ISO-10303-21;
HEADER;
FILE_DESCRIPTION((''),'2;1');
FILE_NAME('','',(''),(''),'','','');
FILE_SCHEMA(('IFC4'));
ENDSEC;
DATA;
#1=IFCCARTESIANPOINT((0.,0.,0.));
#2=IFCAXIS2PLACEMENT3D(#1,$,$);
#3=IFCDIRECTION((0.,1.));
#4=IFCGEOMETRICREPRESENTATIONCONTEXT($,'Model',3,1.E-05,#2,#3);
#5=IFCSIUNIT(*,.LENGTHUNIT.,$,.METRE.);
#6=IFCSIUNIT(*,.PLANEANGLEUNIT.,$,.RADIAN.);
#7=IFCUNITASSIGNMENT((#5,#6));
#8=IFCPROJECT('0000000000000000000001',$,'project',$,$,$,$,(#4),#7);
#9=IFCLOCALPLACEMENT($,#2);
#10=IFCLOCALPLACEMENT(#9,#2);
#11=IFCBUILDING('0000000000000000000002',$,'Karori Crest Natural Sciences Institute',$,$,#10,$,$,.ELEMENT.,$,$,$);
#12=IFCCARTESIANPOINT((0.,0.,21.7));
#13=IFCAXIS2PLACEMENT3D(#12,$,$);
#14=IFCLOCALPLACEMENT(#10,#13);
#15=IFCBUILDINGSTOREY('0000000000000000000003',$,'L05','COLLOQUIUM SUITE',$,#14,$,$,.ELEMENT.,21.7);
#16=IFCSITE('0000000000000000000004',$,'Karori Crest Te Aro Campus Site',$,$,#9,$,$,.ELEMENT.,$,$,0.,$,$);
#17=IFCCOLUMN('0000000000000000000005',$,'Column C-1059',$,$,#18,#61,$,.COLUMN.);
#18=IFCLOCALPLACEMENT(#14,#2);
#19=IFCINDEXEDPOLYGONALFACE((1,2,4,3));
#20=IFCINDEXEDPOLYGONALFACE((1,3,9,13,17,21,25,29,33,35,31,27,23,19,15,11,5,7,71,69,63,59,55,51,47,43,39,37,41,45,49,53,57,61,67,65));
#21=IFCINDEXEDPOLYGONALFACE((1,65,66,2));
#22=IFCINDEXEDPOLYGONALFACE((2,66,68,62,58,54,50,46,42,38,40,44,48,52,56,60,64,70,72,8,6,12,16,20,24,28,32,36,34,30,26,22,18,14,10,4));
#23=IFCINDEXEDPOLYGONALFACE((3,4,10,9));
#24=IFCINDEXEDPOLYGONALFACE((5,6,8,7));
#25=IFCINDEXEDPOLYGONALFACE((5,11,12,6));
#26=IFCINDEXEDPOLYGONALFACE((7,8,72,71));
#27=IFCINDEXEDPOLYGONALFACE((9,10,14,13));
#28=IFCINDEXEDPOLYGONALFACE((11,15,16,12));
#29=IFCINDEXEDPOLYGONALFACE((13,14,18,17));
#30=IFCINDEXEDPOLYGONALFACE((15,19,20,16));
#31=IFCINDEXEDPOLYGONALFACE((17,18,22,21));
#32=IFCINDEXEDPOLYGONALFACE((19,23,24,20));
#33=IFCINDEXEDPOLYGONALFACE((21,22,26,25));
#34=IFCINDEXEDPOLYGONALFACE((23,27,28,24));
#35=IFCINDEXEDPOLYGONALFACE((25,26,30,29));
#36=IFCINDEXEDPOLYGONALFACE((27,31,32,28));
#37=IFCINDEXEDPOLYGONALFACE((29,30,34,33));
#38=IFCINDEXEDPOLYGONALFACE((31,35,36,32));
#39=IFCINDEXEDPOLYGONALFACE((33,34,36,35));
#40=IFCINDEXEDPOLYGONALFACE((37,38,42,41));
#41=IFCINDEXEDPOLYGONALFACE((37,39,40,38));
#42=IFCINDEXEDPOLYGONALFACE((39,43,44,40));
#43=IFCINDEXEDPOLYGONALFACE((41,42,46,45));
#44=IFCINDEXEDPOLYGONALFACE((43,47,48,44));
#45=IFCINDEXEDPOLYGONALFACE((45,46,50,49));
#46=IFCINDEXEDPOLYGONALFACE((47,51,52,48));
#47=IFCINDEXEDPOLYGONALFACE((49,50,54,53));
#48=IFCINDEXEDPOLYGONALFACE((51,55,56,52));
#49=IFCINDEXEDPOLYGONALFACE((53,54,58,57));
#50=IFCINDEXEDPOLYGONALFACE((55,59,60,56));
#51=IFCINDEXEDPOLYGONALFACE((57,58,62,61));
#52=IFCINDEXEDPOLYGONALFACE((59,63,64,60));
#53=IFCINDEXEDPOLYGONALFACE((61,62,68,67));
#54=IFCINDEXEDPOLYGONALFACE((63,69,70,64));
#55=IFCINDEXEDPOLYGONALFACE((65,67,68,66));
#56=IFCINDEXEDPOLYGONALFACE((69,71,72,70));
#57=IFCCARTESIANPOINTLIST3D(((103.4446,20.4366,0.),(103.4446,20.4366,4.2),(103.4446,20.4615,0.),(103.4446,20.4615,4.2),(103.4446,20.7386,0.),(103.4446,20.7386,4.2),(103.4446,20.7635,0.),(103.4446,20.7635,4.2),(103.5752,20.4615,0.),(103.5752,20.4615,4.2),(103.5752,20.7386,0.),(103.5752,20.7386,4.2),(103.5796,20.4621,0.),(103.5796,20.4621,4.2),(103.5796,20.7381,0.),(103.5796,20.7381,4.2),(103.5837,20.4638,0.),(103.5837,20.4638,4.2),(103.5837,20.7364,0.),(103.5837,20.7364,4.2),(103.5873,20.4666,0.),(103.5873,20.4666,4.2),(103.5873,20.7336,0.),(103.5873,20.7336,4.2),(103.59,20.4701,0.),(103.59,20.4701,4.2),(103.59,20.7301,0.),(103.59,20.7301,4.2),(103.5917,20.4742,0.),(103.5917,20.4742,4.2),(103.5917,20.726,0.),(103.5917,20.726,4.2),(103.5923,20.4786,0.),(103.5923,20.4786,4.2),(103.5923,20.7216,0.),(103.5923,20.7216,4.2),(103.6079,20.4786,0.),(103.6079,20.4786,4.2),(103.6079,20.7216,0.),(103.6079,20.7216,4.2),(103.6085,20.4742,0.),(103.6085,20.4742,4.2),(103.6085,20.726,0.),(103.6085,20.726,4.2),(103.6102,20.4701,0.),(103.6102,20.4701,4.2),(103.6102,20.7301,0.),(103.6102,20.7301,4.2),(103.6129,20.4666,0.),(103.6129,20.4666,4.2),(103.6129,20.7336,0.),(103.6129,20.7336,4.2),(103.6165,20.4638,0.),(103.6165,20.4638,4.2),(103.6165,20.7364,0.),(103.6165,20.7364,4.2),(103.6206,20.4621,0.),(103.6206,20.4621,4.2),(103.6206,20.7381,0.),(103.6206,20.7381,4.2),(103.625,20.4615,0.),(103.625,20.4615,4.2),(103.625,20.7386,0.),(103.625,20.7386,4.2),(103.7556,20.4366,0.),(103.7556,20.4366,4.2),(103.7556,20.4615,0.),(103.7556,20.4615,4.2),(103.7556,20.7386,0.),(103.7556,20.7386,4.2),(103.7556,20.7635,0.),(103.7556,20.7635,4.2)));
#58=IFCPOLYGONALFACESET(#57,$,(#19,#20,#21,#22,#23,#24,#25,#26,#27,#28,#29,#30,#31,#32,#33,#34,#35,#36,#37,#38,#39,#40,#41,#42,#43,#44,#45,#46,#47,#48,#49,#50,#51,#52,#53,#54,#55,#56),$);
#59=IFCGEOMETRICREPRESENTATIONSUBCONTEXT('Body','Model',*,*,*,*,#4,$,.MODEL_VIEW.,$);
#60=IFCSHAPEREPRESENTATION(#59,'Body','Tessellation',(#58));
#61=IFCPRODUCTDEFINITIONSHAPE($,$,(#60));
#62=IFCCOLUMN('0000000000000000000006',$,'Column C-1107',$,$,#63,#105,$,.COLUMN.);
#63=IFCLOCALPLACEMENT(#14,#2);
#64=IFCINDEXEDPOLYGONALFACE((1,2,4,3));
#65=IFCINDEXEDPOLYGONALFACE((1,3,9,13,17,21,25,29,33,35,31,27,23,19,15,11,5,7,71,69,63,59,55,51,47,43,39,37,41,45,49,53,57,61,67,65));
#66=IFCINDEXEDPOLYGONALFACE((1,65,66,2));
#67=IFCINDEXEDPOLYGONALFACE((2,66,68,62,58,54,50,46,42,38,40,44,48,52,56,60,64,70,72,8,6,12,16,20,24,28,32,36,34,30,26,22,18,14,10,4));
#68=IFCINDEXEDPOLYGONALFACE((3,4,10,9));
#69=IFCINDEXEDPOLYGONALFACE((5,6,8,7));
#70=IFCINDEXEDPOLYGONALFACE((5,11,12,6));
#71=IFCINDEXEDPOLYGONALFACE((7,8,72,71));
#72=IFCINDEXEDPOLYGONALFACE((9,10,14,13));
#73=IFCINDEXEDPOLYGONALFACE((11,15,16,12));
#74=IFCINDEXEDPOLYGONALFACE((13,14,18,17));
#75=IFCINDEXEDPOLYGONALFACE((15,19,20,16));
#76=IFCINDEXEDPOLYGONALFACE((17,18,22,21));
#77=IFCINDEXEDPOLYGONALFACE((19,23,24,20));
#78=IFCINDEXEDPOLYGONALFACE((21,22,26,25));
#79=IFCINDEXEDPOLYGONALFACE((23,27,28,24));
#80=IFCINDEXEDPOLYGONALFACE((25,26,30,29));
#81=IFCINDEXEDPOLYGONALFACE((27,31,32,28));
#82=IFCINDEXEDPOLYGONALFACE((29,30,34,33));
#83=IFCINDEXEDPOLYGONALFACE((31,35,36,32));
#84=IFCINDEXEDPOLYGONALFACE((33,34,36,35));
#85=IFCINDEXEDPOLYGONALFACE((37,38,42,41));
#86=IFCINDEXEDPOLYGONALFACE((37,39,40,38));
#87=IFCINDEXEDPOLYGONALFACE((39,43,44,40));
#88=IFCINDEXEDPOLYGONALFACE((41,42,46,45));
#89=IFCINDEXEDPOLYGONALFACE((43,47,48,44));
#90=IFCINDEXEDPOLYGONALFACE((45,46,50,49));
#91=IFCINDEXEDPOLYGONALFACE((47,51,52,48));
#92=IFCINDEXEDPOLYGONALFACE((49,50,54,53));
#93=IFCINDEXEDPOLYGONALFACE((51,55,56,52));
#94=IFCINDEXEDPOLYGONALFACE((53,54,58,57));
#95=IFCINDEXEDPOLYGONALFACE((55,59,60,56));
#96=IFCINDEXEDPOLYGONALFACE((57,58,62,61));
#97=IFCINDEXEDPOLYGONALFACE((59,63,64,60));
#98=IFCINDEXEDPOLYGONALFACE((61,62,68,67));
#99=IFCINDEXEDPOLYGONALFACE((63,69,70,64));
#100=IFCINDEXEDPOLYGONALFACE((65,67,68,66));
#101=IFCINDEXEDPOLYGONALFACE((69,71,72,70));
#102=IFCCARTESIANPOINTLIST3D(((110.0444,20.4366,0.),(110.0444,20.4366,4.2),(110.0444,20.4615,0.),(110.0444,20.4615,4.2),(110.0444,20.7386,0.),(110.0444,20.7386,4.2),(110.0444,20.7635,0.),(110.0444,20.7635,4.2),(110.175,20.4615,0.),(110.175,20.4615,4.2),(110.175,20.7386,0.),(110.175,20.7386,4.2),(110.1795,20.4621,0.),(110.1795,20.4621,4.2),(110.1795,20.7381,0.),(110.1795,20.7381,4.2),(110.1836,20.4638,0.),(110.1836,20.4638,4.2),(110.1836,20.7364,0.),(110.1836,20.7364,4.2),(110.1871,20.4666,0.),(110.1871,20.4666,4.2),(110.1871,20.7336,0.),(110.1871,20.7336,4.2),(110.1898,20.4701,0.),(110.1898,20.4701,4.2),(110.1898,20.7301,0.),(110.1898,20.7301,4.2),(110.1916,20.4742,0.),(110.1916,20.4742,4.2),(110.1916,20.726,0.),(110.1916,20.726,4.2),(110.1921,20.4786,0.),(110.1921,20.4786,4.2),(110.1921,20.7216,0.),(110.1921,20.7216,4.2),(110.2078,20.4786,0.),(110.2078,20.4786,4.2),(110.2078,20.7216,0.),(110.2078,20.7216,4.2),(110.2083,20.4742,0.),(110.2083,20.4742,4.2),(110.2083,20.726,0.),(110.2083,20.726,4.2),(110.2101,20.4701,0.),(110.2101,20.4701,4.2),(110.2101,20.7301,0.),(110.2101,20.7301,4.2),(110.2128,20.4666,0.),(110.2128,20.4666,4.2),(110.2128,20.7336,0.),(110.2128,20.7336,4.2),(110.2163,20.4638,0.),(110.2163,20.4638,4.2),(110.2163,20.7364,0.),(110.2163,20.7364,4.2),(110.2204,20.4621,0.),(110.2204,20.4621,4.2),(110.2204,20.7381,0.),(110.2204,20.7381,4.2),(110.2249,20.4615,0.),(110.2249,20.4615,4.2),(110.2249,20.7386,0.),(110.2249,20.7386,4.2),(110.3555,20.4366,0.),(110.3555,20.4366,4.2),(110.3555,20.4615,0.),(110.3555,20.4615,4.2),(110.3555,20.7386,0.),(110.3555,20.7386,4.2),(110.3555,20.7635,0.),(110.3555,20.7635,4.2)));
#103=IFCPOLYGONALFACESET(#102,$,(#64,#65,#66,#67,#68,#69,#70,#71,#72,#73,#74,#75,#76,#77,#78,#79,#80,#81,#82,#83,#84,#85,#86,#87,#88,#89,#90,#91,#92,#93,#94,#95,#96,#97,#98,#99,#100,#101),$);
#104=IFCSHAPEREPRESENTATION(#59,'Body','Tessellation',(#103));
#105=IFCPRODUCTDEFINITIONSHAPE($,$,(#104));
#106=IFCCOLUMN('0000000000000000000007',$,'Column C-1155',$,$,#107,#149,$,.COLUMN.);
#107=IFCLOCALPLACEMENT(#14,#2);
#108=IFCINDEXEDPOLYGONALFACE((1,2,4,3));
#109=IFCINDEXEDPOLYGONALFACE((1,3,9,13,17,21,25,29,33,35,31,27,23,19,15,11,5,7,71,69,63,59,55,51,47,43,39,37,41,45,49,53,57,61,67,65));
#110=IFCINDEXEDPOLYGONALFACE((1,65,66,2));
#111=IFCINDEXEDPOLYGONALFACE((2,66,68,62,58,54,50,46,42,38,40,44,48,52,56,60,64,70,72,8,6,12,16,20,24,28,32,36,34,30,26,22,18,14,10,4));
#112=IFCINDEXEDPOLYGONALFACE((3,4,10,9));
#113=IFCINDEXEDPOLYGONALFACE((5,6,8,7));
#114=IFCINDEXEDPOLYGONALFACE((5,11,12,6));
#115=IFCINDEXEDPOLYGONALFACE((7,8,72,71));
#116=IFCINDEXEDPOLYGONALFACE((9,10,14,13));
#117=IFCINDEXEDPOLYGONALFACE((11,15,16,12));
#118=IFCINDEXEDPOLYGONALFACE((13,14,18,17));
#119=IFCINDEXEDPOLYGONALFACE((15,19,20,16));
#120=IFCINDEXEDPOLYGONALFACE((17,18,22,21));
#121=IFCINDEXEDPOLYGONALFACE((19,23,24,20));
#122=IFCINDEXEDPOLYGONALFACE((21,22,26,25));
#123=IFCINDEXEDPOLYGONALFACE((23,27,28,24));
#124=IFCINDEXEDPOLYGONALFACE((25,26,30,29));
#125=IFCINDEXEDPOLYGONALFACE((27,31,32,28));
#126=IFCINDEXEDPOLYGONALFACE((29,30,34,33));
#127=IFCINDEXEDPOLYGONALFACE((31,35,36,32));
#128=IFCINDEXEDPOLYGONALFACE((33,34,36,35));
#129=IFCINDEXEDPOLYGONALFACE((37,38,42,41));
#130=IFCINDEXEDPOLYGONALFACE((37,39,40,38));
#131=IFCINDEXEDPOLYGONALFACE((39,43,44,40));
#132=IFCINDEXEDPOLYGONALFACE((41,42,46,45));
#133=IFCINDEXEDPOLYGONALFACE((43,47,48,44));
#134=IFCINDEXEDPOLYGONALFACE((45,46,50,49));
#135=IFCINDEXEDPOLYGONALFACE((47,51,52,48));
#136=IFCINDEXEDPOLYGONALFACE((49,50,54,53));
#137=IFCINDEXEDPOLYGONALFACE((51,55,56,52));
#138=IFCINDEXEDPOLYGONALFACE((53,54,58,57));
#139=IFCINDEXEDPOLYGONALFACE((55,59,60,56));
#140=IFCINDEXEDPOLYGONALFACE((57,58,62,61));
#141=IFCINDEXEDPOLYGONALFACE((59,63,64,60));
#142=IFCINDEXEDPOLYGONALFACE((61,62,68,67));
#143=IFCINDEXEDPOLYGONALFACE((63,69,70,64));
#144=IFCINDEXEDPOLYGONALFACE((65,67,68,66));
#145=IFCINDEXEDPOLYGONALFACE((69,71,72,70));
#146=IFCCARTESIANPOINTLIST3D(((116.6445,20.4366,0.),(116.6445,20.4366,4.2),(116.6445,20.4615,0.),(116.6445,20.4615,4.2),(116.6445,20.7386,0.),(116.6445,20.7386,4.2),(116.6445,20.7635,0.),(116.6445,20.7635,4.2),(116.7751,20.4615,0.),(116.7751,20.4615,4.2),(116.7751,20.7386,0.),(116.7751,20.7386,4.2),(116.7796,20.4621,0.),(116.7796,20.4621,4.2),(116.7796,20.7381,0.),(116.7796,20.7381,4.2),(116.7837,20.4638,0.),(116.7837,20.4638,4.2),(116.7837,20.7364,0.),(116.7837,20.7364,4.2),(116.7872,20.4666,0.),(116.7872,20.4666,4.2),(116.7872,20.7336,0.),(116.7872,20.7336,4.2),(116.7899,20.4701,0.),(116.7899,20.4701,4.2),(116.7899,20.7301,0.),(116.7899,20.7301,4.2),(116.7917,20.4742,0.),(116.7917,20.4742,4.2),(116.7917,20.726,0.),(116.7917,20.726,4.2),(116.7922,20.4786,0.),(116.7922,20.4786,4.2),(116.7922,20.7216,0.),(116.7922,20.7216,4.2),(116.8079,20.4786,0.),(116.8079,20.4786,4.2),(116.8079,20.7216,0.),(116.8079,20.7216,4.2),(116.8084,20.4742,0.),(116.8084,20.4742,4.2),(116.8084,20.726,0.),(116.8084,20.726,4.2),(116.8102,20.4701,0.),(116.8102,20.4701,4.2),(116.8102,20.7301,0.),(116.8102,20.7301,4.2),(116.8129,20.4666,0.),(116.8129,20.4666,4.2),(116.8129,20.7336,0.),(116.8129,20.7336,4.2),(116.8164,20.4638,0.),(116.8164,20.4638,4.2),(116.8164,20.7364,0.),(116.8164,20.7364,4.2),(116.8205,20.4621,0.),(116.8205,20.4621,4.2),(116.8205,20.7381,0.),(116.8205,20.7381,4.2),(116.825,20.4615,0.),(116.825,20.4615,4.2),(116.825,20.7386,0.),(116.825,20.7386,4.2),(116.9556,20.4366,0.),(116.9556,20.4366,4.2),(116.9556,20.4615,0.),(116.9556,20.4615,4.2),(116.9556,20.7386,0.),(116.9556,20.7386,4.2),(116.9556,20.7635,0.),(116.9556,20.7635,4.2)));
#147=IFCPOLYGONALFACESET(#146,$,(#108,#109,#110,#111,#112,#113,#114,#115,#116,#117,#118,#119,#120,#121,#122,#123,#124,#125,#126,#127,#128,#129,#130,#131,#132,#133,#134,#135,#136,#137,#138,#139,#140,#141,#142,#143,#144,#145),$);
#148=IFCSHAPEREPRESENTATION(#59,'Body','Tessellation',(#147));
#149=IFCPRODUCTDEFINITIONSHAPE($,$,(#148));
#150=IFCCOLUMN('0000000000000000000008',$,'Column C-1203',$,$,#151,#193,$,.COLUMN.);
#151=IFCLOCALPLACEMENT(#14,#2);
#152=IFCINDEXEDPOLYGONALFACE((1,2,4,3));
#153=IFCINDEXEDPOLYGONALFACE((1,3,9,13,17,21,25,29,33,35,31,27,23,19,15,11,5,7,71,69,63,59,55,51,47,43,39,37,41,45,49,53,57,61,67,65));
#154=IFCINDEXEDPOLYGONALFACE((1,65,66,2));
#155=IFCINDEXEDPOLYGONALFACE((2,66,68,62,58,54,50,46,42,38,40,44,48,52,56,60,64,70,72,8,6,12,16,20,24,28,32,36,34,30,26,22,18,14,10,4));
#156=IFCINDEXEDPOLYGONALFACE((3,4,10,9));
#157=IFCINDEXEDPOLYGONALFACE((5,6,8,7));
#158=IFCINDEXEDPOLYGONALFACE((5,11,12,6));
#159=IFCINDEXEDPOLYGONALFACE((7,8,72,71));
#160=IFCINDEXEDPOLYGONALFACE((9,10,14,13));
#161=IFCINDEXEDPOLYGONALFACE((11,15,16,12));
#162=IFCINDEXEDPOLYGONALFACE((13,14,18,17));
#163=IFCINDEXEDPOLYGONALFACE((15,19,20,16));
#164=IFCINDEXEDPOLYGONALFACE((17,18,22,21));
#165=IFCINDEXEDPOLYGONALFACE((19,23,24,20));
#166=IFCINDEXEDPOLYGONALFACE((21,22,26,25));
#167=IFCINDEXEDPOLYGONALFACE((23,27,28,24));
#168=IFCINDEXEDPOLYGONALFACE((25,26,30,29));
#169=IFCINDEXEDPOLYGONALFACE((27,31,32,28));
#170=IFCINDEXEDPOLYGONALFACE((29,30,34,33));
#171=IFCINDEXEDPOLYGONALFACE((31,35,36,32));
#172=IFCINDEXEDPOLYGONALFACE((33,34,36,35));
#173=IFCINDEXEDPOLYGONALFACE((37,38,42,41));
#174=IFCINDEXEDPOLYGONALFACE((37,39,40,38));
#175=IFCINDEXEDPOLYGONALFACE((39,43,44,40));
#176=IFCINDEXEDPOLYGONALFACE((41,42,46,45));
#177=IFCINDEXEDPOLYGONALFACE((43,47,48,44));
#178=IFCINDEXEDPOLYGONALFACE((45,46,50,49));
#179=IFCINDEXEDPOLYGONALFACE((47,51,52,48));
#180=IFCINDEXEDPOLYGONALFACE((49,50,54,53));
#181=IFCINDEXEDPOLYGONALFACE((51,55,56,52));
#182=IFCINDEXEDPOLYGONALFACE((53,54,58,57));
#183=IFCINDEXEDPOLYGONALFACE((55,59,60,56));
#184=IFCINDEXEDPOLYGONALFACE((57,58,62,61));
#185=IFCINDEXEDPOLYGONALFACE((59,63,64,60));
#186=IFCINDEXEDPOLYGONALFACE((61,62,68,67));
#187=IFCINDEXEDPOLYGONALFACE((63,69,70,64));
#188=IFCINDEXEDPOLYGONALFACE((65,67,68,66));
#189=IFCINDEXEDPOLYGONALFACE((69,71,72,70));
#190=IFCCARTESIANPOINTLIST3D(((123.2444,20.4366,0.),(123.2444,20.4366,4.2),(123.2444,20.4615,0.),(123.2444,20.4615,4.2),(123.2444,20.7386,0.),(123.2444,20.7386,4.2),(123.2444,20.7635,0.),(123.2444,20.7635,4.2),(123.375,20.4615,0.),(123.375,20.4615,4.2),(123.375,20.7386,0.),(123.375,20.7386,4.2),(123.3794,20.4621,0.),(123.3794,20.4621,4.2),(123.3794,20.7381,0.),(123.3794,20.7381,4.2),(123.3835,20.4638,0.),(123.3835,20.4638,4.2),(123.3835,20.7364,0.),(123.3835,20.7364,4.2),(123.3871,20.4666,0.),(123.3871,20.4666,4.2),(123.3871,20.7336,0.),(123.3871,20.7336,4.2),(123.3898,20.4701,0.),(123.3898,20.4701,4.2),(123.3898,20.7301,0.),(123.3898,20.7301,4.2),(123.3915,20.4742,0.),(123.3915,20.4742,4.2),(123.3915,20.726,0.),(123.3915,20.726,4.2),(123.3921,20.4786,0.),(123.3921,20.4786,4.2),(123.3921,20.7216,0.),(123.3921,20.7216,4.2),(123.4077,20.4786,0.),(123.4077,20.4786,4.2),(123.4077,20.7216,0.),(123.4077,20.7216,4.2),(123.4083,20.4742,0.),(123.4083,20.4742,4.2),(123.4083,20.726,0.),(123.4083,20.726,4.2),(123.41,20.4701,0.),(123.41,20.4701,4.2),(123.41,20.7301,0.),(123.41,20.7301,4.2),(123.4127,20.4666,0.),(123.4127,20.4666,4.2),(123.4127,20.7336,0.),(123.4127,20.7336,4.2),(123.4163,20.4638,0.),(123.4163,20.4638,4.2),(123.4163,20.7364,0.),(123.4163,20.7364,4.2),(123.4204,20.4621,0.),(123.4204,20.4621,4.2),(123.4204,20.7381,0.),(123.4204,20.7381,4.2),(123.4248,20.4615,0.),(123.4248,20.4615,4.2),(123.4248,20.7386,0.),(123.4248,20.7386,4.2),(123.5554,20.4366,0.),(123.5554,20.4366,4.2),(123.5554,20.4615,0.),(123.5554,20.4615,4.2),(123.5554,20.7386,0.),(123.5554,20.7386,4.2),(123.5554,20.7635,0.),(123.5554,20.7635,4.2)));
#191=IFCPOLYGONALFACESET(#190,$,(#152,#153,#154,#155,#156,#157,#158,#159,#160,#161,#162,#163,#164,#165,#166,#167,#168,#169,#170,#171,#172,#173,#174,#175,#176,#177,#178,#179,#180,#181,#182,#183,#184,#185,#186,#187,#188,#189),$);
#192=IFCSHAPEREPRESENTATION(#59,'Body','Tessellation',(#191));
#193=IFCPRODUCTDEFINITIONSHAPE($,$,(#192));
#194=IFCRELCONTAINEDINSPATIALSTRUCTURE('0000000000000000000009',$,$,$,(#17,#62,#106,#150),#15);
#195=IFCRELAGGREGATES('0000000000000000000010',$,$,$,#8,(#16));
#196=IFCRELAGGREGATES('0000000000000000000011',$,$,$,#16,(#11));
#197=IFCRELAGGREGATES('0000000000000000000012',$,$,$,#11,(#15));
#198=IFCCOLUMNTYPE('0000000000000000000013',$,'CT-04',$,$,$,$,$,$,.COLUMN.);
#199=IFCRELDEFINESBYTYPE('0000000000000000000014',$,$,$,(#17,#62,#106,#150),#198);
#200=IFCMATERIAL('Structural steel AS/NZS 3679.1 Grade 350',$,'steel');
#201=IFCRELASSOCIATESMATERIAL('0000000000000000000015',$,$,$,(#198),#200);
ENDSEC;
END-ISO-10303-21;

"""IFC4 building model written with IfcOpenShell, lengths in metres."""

from ifc_helpers import new_model, si_unit, direction, frame, origin, origin_2d, place, context, subcontext, project, spatial, i_section, extrude, material, material_profile, profile_set, type_object, element, save


model = new_model("IFC4")

# Units and contexts
model_context = context("Model", 3, precision=1e-05, world=origin(), true_north=direction((0.0, 1.0)))
body_context = subcontext(model_context, "Body", "Model", "MODEL_VIEW")
ifc_project = project(units=[si_unit("LENGTHUNIT", "METRE"), si_unit("PLANEANGLEUNIT", "RADIAN")], contexts=[model_context])

# Site, building, storey
site_placement = place(None, origin())
site = spatial("IfcSite", under=ifc_project, at=site_placement, Name="Karori Crest Te Aro Campus Site", CompositionType="ELEMENT", RefElevation=0.0)
building_placement = place(site_placement, origin())
building = spatial("IfcBuilding", under=site, at=building_placement, Name="Karori Crest Natural Sciences Institute", CompositionType="ELEMENT")
storey_placement = place(building_placement, frame((0.0, 0.0, 21.7)))
storey = spatial("IfcBuildingStorey", under=building, at=storey_placement, Name="L05", Description="COLLOQUIUM SUITE", CompositionType="ELEMENT", Elevation=21.7)

# Columns
ifc_material_1 = material(Name="Structural steel AS/NZS 3679.1 Grade 350", Category="steel")
ifc_material_profile_1 = material_profile(ifc_material_1, i_section(OverallWidth=0.311, OverallDepth=0.3269, WebThickness=0.0156, FlangeThickness=0.0249, FilletRadius=0.0171, at=origin_2d()), Name="310UC158")
ifc_profile_set_1 = profile_set([ifc_material_profile_1], Name="Structural steel AS/NZS 3679.1 Grade 350")
column_type_1 = type_object("IfcColumnType", Name="CT-04", PredefinedType="COLUMN", material=ifc_profile_set_1)
for number, where, z_axis, x_axis, name in (
    (1, (103.6001, 20.6001, 0.0), (0.0, 0.0, 1.0), (1.0, 0.0, 0.0), "Column C-1059"),
    (2, (110.2, 20.6001, 0.0), (0.0, 0.0, 1.0), (1.0, 0.0, 0.0), "Column C-1107"),
    (3, (116.8, 20.6001, 0.0), (0.0, 0.0, 1.0), (1.0, 0.0, 0.0), "Column C-1155"),
    (4, (123.3999, 20.6001, 0.0), (0.0, 0.0, 1.0), (1.0, 0.0, 0.0), "Column C-1203"),
):
    element("IfcColumn", number, at=place(storey_placement, frame(where, z_axis=z_axis, x_axis=x_axis)), inside=storey, type_object=column_type_1, Name=name, PredefinedType="COLUMN", context=body_context, shape_type="SweptSolid", body=[
        extrude(i_section(OverallWidth=0.311, OverallDepth=0.3269, WebThickness=0.0156, FlangeThickness=0.0249, FilletRadius=0.0171, at=origin_2d()), origin(), (0.0, 0.0, 1.0), 4.2),
    ])

save(model, "model.ifc")
